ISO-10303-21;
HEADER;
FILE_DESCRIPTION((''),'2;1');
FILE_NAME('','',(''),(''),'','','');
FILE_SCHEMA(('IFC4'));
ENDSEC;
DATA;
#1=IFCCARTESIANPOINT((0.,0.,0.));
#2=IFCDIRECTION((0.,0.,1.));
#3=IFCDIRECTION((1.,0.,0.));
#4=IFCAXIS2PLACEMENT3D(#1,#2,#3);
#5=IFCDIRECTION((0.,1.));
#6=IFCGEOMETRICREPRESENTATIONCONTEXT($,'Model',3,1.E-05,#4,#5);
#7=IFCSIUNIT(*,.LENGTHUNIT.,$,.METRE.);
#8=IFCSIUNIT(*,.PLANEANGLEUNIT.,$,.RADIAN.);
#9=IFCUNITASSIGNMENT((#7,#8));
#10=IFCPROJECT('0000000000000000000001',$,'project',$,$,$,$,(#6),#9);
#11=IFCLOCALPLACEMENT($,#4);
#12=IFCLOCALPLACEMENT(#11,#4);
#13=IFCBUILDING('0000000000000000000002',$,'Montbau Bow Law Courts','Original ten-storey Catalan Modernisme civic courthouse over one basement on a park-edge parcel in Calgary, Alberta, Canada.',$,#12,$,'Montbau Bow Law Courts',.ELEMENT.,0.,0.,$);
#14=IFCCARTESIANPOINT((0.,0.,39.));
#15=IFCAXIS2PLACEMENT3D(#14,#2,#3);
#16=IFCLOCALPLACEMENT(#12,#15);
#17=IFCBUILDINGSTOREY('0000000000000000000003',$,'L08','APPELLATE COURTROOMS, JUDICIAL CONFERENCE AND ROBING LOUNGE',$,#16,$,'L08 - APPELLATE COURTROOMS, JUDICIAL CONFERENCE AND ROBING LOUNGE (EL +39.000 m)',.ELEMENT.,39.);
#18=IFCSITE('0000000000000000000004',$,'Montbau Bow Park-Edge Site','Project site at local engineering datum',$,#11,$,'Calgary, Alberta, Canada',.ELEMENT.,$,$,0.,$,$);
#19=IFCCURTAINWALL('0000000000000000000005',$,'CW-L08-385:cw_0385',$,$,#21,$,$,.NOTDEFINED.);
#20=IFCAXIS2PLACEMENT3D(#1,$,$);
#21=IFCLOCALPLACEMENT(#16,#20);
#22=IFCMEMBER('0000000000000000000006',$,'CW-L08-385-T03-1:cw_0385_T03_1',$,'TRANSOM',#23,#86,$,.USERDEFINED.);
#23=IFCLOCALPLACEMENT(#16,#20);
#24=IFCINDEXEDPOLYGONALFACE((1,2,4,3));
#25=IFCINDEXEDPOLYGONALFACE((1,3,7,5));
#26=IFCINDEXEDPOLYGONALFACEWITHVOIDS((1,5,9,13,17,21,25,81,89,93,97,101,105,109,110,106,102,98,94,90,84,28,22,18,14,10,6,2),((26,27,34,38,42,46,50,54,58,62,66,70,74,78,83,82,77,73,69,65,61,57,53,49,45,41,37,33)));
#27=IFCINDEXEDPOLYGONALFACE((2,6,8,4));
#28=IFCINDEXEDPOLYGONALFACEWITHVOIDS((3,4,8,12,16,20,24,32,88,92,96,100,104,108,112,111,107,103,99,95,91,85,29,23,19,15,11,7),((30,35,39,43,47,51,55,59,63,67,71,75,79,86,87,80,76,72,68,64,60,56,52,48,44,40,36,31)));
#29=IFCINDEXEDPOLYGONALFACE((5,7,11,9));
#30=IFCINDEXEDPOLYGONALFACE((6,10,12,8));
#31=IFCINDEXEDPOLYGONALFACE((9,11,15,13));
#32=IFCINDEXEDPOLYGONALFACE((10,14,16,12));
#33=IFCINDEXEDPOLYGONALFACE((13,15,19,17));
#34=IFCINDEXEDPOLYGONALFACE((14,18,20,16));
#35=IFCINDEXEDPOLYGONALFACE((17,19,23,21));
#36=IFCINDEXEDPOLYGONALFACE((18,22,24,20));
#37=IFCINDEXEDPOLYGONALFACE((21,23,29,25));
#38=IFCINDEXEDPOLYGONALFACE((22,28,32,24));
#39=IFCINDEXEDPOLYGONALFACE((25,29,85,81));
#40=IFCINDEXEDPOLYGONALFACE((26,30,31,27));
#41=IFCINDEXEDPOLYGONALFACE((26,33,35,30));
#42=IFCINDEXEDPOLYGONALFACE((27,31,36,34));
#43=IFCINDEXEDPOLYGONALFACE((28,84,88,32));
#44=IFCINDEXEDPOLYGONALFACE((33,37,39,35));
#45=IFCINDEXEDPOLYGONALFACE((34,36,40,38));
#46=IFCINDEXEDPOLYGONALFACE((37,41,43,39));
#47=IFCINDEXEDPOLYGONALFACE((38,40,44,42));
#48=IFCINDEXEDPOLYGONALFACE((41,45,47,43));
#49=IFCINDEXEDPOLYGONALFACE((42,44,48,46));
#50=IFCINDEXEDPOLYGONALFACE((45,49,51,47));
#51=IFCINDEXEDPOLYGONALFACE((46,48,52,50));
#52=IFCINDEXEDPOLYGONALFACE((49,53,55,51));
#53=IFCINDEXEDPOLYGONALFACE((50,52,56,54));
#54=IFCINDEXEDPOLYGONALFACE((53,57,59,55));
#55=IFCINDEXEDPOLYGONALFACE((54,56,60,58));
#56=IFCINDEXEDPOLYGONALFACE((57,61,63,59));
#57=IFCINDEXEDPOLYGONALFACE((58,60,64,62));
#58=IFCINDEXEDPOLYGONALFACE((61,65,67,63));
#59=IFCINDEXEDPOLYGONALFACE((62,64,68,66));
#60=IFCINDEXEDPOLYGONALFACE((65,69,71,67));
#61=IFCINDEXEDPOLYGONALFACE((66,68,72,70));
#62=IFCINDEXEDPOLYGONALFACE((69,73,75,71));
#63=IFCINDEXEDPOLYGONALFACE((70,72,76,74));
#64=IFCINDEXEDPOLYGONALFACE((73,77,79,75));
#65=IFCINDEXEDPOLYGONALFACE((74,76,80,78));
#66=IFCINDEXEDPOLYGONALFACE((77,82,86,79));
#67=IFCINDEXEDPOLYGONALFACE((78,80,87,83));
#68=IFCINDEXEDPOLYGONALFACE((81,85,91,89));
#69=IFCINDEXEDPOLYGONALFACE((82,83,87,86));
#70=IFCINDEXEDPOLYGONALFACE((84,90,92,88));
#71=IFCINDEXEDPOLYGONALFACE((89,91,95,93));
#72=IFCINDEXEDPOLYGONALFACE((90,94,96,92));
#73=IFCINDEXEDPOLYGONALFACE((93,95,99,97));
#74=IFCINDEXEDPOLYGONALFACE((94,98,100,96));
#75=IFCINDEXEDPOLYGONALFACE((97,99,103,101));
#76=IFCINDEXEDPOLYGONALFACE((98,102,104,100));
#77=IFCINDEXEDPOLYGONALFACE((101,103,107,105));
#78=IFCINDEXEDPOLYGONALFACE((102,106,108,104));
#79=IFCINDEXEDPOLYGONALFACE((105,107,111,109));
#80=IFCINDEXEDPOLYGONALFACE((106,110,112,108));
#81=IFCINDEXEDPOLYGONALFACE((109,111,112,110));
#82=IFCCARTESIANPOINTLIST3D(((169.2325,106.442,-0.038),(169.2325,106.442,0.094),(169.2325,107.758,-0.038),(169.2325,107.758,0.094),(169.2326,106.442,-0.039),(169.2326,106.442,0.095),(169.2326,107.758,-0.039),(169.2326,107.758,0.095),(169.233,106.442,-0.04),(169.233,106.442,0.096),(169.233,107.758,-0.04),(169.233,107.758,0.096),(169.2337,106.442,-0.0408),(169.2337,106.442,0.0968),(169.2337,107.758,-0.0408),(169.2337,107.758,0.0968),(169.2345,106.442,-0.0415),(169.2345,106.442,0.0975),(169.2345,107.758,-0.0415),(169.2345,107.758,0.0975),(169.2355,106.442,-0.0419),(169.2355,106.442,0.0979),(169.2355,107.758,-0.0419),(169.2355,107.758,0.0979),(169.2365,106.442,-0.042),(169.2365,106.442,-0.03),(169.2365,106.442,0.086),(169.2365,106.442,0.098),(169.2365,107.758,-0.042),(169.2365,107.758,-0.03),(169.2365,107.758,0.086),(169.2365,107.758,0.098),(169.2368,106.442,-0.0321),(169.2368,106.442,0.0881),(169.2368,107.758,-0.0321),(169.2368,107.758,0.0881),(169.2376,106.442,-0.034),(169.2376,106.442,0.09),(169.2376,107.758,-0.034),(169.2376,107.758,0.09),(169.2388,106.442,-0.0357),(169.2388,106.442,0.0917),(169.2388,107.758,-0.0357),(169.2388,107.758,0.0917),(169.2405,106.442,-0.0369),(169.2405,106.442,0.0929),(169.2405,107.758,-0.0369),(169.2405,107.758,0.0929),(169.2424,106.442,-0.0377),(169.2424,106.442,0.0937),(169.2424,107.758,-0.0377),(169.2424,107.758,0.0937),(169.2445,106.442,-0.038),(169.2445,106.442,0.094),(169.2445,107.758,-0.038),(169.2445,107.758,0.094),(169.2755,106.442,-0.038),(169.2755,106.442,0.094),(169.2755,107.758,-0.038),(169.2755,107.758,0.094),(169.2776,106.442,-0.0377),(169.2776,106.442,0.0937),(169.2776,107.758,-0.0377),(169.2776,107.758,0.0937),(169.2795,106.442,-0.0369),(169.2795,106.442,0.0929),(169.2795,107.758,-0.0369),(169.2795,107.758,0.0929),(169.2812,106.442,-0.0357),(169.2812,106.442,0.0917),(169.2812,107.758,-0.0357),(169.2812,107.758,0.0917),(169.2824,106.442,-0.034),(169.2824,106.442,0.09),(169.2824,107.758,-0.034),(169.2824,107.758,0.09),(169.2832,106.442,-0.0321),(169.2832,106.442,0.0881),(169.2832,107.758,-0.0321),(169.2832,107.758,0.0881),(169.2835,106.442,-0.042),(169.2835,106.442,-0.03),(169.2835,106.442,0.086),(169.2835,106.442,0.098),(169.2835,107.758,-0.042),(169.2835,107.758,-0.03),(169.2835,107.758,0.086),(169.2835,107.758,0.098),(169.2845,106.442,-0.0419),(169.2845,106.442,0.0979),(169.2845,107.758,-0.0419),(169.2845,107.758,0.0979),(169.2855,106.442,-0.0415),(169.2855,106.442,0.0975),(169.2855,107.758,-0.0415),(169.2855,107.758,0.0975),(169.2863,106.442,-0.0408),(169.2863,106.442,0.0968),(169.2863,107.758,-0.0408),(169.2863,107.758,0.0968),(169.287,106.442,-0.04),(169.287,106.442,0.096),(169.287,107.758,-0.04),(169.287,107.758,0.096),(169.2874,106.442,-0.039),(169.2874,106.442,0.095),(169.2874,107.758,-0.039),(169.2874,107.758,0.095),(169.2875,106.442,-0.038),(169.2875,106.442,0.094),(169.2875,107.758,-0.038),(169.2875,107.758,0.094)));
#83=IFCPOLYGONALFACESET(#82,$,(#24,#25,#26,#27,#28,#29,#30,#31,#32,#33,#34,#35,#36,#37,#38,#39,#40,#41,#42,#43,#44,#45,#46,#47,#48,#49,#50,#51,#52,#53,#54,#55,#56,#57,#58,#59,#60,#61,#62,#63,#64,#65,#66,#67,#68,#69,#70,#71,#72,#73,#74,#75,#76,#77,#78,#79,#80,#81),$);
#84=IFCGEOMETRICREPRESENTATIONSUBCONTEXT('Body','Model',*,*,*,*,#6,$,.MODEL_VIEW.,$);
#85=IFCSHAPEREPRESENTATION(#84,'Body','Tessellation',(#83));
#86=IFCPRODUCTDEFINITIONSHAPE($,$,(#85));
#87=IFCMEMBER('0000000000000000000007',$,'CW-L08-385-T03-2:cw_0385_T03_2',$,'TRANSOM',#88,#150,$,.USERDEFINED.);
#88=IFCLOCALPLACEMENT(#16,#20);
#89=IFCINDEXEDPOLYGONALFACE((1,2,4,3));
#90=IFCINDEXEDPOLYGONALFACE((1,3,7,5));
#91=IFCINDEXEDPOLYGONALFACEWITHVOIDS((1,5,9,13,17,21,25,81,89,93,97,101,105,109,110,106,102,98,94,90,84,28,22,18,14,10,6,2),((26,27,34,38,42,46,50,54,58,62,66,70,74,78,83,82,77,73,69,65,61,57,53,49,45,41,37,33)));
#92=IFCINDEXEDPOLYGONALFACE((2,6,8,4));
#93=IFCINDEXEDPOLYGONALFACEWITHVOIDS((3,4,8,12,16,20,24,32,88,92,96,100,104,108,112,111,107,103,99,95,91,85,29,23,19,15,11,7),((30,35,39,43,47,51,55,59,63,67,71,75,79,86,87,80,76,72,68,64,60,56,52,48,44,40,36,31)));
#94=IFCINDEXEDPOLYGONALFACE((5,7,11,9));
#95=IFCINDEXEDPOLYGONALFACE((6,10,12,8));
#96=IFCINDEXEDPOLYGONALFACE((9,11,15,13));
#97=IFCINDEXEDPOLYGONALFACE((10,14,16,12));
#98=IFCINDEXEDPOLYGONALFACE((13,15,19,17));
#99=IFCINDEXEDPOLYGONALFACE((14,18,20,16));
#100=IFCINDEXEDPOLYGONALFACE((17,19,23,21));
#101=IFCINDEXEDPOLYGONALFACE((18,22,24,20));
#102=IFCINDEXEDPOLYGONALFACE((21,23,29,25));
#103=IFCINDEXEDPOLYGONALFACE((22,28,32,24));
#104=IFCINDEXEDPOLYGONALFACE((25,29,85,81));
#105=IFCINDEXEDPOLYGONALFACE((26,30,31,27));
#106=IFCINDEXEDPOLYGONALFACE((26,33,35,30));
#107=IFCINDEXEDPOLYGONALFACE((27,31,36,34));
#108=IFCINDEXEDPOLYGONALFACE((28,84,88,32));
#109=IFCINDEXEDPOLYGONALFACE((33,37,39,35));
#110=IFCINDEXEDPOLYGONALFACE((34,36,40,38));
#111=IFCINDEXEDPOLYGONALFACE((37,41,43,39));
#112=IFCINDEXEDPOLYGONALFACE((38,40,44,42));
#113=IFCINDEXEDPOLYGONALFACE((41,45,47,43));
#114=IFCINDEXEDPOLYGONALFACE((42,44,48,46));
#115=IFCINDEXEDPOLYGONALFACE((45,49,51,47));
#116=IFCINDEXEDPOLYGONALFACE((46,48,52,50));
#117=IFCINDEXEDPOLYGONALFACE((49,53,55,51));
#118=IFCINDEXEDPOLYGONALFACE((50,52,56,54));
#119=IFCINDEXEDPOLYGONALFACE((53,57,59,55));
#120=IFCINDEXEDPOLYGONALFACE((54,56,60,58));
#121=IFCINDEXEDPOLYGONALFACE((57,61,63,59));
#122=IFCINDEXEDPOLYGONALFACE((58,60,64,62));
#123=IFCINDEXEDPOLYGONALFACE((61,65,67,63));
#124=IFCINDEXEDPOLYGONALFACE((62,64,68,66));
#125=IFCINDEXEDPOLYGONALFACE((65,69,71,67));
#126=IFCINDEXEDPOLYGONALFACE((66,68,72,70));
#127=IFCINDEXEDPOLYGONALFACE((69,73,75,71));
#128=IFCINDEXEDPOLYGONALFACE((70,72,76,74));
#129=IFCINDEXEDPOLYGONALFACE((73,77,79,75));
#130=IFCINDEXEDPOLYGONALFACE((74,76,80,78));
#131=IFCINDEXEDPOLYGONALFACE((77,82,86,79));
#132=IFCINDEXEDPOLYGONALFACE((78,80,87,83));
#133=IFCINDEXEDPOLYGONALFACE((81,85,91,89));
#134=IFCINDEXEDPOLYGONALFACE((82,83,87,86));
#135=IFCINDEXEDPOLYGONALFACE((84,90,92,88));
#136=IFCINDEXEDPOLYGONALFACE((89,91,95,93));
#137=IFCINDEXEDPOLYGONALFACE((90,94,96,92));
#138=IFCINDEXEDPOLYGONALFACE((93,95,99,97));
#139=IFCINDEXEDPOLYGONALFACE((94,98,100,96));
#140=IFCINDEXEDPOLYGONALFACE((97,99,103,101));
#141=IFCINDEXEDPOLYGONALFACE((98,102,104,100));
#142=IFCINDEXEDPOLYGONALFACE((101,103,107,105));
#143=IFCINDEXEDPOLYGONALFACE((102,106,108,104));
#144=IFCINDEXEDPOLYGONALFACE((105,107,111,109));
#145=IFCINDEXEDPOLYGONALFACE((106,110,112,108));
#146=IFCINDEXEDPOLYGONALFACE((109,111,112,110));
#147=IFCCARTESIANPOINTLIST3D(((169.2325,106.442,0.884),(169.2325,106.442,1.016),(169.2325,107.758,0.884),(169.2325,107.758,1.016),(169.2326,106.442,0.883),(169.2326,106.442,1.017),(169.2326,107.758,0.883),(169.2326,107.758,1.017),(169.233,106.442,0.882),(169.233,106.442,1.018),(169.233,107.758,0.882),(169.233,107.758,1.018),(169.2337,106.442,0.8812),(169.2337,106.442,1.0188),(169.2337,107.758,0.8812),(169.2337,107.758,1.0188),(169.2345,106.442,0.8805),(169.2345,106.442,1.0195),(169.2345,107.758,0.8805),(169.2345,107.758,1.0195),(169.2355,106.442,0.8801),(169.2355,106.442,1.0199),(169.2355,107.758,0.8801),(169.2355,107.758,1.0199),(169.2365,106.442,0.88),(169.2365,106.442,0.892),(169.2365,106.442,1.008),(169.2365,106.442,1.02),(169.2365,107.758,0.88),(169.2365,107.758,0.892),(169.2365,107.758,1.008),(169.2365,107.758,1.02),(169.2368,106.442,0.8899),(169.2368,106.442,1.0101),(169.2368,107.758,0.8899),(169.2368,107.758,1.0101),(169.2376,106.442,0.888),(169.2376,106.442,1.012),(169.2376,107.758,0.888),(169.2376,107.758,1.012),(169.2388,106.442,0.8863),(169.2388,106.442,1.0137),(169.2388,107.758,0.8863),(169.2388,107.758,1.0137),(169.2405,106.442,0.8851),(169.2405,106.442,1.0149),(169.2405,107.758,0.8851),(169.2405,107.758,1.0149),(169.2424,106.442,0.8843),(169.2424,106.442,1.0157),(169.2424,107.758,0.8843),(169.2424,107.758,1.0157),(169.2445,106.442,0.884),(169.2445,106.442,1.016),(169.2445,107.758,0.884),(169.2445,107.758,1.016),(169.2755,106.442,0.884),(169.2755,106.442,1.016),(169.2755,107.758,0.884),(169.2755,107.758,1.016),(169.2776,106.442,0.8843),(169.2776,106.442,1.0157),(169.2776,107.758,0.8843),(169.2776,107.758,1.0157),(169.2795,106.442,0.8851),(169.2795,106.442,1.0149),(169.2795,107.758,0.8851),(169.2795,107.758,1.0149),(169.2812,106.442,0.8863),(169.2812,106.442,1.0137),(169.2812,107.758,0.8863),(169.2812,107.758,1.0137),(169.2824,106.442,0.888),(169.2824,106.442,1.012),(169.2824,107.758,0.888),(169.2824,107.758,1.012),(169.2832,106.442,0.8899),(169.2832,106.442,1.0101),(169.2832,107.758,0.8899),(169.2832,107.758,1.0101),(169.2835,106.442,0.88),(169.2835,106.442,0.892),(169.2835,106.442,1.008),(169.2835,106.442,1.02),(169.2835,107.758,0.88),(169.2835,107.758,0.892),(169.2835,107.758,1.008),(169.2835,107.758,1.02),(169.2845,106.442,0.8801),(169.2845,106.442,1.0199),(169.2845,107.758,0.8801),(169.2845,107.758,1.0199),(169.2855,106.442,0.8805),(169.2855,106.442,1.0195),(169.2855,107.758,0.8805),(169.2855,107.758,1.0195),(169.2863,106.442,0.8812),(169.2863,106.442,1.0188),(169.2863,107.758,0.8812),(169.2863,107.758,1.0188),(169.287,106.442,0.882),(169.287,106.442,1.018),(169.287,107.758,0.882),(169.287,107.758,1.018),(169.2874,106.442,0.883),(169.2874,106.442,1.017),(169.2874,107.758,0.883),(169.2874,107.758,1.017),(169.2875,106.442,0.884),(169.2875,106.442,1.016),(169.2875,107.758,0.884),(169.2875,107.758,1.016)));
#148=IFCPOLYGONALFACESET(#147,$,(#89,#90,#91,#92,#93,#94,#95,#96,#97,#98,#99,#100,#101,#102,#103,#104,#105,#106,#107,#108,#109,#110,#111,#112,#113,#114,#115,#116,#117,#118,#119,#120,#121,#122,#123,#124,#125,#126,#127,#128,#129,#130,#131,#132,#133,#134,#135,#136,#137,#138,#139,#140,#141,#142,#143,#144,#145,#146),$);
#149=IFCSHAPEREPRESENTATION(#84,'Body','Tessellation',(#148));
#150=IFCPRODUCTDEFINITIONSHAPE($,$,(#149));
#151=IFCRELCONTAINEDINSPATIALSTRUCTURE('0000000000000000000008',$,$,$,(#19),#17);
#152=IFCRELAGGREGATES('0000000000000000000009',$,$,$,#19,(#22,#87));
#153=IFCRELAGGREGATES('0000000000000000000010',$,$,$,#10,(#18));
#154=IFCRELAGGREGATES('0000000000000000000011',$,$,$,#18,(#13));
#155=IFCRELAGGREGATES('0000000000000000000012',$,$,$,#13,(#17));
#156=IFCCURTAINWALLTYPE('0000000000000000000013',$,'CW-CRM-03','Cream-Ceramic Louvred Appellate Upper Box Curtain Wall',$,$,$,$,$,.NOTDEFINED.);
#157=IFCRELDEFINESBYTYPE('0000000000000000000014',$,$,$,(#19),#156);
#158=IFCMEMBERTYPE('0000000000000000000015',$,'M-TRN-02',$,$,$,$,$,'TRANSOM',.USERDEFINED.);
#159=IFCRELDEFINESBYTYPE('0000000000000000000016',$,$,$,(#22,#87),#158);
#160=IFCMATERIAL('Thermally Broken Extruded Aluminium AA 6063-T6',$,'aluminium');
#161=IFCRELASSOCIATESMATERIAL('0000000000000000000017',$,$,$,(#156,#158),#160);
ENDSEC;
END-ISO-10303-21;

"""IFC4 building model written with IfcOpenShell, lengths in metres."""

from ifc_helpers import new_model, si_unit, direction, frame, origin_with_axes, origin_2d_with_axis, place, context, subcontext, project, spatial, hollow_rectangle, extrude, material, material_profile, profile_set, type_object, element, aggregate, save


model = new_model("IFC4")

# Units and contexts
model_context = context("Model", 3, precision=1e-05, world=origin_with_axes(), true_north=direction((0.0, 1.0)))
body_context = subcontext(model_context, "Body", "Model", "MODEL_VIEW")
ifc_project = project(units=[si_unit("LENGTHUNIT", "METRE"), si_unit("PLANEANGLEUNIT", "RADIAN")], contexts=[model_context])

# Site, building, storey
site_placement = place(None, origin_with_axes())
site = spatial("IfcSite", under=ifc_project, at=site_placement, Name="Montbau Bow Park-Edge Site", Description="Project site at local engineering datum", LongName="Calgary, Alberta, Canada", CompositionType="ELEMENT", RefElevation=0.0)
building_placement = place(site_placement, origin_with_axes())
building = spatial("IfcBuilding", under=site, at=building_placement, Name="Montbau Bow Law Courts", Description="Original ten-storey Catalan Modernisme civic courthouse over one basement on a park-edge parcel in Calgary, Alberta, Canada.", LongName="Montbau Bow Law Courts", CompositionType="ELEMENT", ElevationOfRefHeight=0.0, ElevationOfTerrain=0.0)
storey_placement = place(building_placement, frame((0.0, 0.0, 39.0), z_axis=(0.0, 0.0, 1.0), x_axis=(1.0, 0.0, 0.0)))
storey = spatial("IfcBuildingStorey", under=building, at=storey_placement, Name="L08", Description="APPELLATE COURTROOMS, JUDICIAL CONFERENCE AND ROBING LOUNGE", LongName="L08 - APPELLATE COURTROOMS, JUDICIAL CONFERENCE AND ROBING LOUNGE (EL +39.000 m)", CompositionType="ELEMENT", Elevation=39.0)

# Curtain wall
ifc_material_1 = material(Name="Thermally Broken Extruded Aluminium AA 6063-T6", Category="aluminium")
curtain_wall_type = type_object("IfcCurtainWallType", Name="CW-CRM-03", Description="Cream-Ceramic Louvred Appellate Upper Box Curtain Wall", PredefinedType="NOTDEFINED", material=ifc_material_1)
curtain_wall_placement = place(None, frame((169.26, 103.64, 39.0), z_axis=(0.0, 0.0, 1.0), x_axis=(1.0, 0.0, 0.0)))
curtain_wall = element("IfcCurtainWall", 1, at=curtain_wall_placement, inside=storey, type_object=curtain_wall_type, Name="CW-L08-385:cw_0385", PredefinedType="NOTDEFINED")

# Members
ifc_material_profile_1 = material_profile(ifc_material_1, hollow_rectangle(XDim=0.055, YDim=0.14, WallThickness=0.004, InnerFilletRadius=0.008, OuterFilletRadius=0.004, at=origin_2d_with_axis()), Name="CWT-140X55", Category="Main", Priority=0)
ifc_profile_set_1 = profile_set([ifc_material_profile_1], Name="Thermally Broken Extruded Aluminium AA 6063-T6")
member_type_1 = type_object("IfcMemberType", Name="M-TRN-02", ElementType="TRANSOM", PredefinedType="USERDEFINED", material=ifc_profile_set_1)
member_1_placement = place(None, frame((169.26, 106.442, 39.028), z_axis=(0.0, 1.0, 0.0), x_axis=(-1.0, 0.0, 0.0)))
member_1 = element("IfcMember", 2, at=member_1_placement, type_object=member_type_1, Name="CW-L08-385-T03-1:cw_0385_T03_1", ObjectType="TRANSOM", PredefinedType="USERDEFINED", context=body_context, shape_type="SweptSolid", body=[
    extrude(hollow_rectangle(XDim=0.055, YDim=0.14, WallThickness=0.004, InnerFilletRadius=0.008, OuterFilletRadius=0.004, at=origin_2d_with_axis()), origin_with_axes(), (0.0, 0.0, 1.0), 1.316),
])
member_2_placement = place(None, frame((169.26, 106.442, 39.95), z_axis=(0.0, 1.0, 0.0), x_axis=(-1.0, 0.0, 0.0)))
member_2 = element("IfcMember", 3, at=member_2_placement, type_object=member_type_1, Name="CW-L08-385-T03-2:cw_0385_T03_2", ObjectType="TRANSOM", PredefinedType="USERDEFINED", context=body_context, shape_type="SweptSolid", body=[
    extrude(hollow_rectangle(XDim=0.055, YDim=0.14, WallThickness=0.004, InnerFilletRadius=0.008, OuterFilletRadius=0.004, at=origin_2d_with_axis()), origin_with_axes(), (0.0, 0.0, 1.0), 1.316),
])

aggregate(curtain_wall, [member_1, member_2])

save(model, "model.ifc")
